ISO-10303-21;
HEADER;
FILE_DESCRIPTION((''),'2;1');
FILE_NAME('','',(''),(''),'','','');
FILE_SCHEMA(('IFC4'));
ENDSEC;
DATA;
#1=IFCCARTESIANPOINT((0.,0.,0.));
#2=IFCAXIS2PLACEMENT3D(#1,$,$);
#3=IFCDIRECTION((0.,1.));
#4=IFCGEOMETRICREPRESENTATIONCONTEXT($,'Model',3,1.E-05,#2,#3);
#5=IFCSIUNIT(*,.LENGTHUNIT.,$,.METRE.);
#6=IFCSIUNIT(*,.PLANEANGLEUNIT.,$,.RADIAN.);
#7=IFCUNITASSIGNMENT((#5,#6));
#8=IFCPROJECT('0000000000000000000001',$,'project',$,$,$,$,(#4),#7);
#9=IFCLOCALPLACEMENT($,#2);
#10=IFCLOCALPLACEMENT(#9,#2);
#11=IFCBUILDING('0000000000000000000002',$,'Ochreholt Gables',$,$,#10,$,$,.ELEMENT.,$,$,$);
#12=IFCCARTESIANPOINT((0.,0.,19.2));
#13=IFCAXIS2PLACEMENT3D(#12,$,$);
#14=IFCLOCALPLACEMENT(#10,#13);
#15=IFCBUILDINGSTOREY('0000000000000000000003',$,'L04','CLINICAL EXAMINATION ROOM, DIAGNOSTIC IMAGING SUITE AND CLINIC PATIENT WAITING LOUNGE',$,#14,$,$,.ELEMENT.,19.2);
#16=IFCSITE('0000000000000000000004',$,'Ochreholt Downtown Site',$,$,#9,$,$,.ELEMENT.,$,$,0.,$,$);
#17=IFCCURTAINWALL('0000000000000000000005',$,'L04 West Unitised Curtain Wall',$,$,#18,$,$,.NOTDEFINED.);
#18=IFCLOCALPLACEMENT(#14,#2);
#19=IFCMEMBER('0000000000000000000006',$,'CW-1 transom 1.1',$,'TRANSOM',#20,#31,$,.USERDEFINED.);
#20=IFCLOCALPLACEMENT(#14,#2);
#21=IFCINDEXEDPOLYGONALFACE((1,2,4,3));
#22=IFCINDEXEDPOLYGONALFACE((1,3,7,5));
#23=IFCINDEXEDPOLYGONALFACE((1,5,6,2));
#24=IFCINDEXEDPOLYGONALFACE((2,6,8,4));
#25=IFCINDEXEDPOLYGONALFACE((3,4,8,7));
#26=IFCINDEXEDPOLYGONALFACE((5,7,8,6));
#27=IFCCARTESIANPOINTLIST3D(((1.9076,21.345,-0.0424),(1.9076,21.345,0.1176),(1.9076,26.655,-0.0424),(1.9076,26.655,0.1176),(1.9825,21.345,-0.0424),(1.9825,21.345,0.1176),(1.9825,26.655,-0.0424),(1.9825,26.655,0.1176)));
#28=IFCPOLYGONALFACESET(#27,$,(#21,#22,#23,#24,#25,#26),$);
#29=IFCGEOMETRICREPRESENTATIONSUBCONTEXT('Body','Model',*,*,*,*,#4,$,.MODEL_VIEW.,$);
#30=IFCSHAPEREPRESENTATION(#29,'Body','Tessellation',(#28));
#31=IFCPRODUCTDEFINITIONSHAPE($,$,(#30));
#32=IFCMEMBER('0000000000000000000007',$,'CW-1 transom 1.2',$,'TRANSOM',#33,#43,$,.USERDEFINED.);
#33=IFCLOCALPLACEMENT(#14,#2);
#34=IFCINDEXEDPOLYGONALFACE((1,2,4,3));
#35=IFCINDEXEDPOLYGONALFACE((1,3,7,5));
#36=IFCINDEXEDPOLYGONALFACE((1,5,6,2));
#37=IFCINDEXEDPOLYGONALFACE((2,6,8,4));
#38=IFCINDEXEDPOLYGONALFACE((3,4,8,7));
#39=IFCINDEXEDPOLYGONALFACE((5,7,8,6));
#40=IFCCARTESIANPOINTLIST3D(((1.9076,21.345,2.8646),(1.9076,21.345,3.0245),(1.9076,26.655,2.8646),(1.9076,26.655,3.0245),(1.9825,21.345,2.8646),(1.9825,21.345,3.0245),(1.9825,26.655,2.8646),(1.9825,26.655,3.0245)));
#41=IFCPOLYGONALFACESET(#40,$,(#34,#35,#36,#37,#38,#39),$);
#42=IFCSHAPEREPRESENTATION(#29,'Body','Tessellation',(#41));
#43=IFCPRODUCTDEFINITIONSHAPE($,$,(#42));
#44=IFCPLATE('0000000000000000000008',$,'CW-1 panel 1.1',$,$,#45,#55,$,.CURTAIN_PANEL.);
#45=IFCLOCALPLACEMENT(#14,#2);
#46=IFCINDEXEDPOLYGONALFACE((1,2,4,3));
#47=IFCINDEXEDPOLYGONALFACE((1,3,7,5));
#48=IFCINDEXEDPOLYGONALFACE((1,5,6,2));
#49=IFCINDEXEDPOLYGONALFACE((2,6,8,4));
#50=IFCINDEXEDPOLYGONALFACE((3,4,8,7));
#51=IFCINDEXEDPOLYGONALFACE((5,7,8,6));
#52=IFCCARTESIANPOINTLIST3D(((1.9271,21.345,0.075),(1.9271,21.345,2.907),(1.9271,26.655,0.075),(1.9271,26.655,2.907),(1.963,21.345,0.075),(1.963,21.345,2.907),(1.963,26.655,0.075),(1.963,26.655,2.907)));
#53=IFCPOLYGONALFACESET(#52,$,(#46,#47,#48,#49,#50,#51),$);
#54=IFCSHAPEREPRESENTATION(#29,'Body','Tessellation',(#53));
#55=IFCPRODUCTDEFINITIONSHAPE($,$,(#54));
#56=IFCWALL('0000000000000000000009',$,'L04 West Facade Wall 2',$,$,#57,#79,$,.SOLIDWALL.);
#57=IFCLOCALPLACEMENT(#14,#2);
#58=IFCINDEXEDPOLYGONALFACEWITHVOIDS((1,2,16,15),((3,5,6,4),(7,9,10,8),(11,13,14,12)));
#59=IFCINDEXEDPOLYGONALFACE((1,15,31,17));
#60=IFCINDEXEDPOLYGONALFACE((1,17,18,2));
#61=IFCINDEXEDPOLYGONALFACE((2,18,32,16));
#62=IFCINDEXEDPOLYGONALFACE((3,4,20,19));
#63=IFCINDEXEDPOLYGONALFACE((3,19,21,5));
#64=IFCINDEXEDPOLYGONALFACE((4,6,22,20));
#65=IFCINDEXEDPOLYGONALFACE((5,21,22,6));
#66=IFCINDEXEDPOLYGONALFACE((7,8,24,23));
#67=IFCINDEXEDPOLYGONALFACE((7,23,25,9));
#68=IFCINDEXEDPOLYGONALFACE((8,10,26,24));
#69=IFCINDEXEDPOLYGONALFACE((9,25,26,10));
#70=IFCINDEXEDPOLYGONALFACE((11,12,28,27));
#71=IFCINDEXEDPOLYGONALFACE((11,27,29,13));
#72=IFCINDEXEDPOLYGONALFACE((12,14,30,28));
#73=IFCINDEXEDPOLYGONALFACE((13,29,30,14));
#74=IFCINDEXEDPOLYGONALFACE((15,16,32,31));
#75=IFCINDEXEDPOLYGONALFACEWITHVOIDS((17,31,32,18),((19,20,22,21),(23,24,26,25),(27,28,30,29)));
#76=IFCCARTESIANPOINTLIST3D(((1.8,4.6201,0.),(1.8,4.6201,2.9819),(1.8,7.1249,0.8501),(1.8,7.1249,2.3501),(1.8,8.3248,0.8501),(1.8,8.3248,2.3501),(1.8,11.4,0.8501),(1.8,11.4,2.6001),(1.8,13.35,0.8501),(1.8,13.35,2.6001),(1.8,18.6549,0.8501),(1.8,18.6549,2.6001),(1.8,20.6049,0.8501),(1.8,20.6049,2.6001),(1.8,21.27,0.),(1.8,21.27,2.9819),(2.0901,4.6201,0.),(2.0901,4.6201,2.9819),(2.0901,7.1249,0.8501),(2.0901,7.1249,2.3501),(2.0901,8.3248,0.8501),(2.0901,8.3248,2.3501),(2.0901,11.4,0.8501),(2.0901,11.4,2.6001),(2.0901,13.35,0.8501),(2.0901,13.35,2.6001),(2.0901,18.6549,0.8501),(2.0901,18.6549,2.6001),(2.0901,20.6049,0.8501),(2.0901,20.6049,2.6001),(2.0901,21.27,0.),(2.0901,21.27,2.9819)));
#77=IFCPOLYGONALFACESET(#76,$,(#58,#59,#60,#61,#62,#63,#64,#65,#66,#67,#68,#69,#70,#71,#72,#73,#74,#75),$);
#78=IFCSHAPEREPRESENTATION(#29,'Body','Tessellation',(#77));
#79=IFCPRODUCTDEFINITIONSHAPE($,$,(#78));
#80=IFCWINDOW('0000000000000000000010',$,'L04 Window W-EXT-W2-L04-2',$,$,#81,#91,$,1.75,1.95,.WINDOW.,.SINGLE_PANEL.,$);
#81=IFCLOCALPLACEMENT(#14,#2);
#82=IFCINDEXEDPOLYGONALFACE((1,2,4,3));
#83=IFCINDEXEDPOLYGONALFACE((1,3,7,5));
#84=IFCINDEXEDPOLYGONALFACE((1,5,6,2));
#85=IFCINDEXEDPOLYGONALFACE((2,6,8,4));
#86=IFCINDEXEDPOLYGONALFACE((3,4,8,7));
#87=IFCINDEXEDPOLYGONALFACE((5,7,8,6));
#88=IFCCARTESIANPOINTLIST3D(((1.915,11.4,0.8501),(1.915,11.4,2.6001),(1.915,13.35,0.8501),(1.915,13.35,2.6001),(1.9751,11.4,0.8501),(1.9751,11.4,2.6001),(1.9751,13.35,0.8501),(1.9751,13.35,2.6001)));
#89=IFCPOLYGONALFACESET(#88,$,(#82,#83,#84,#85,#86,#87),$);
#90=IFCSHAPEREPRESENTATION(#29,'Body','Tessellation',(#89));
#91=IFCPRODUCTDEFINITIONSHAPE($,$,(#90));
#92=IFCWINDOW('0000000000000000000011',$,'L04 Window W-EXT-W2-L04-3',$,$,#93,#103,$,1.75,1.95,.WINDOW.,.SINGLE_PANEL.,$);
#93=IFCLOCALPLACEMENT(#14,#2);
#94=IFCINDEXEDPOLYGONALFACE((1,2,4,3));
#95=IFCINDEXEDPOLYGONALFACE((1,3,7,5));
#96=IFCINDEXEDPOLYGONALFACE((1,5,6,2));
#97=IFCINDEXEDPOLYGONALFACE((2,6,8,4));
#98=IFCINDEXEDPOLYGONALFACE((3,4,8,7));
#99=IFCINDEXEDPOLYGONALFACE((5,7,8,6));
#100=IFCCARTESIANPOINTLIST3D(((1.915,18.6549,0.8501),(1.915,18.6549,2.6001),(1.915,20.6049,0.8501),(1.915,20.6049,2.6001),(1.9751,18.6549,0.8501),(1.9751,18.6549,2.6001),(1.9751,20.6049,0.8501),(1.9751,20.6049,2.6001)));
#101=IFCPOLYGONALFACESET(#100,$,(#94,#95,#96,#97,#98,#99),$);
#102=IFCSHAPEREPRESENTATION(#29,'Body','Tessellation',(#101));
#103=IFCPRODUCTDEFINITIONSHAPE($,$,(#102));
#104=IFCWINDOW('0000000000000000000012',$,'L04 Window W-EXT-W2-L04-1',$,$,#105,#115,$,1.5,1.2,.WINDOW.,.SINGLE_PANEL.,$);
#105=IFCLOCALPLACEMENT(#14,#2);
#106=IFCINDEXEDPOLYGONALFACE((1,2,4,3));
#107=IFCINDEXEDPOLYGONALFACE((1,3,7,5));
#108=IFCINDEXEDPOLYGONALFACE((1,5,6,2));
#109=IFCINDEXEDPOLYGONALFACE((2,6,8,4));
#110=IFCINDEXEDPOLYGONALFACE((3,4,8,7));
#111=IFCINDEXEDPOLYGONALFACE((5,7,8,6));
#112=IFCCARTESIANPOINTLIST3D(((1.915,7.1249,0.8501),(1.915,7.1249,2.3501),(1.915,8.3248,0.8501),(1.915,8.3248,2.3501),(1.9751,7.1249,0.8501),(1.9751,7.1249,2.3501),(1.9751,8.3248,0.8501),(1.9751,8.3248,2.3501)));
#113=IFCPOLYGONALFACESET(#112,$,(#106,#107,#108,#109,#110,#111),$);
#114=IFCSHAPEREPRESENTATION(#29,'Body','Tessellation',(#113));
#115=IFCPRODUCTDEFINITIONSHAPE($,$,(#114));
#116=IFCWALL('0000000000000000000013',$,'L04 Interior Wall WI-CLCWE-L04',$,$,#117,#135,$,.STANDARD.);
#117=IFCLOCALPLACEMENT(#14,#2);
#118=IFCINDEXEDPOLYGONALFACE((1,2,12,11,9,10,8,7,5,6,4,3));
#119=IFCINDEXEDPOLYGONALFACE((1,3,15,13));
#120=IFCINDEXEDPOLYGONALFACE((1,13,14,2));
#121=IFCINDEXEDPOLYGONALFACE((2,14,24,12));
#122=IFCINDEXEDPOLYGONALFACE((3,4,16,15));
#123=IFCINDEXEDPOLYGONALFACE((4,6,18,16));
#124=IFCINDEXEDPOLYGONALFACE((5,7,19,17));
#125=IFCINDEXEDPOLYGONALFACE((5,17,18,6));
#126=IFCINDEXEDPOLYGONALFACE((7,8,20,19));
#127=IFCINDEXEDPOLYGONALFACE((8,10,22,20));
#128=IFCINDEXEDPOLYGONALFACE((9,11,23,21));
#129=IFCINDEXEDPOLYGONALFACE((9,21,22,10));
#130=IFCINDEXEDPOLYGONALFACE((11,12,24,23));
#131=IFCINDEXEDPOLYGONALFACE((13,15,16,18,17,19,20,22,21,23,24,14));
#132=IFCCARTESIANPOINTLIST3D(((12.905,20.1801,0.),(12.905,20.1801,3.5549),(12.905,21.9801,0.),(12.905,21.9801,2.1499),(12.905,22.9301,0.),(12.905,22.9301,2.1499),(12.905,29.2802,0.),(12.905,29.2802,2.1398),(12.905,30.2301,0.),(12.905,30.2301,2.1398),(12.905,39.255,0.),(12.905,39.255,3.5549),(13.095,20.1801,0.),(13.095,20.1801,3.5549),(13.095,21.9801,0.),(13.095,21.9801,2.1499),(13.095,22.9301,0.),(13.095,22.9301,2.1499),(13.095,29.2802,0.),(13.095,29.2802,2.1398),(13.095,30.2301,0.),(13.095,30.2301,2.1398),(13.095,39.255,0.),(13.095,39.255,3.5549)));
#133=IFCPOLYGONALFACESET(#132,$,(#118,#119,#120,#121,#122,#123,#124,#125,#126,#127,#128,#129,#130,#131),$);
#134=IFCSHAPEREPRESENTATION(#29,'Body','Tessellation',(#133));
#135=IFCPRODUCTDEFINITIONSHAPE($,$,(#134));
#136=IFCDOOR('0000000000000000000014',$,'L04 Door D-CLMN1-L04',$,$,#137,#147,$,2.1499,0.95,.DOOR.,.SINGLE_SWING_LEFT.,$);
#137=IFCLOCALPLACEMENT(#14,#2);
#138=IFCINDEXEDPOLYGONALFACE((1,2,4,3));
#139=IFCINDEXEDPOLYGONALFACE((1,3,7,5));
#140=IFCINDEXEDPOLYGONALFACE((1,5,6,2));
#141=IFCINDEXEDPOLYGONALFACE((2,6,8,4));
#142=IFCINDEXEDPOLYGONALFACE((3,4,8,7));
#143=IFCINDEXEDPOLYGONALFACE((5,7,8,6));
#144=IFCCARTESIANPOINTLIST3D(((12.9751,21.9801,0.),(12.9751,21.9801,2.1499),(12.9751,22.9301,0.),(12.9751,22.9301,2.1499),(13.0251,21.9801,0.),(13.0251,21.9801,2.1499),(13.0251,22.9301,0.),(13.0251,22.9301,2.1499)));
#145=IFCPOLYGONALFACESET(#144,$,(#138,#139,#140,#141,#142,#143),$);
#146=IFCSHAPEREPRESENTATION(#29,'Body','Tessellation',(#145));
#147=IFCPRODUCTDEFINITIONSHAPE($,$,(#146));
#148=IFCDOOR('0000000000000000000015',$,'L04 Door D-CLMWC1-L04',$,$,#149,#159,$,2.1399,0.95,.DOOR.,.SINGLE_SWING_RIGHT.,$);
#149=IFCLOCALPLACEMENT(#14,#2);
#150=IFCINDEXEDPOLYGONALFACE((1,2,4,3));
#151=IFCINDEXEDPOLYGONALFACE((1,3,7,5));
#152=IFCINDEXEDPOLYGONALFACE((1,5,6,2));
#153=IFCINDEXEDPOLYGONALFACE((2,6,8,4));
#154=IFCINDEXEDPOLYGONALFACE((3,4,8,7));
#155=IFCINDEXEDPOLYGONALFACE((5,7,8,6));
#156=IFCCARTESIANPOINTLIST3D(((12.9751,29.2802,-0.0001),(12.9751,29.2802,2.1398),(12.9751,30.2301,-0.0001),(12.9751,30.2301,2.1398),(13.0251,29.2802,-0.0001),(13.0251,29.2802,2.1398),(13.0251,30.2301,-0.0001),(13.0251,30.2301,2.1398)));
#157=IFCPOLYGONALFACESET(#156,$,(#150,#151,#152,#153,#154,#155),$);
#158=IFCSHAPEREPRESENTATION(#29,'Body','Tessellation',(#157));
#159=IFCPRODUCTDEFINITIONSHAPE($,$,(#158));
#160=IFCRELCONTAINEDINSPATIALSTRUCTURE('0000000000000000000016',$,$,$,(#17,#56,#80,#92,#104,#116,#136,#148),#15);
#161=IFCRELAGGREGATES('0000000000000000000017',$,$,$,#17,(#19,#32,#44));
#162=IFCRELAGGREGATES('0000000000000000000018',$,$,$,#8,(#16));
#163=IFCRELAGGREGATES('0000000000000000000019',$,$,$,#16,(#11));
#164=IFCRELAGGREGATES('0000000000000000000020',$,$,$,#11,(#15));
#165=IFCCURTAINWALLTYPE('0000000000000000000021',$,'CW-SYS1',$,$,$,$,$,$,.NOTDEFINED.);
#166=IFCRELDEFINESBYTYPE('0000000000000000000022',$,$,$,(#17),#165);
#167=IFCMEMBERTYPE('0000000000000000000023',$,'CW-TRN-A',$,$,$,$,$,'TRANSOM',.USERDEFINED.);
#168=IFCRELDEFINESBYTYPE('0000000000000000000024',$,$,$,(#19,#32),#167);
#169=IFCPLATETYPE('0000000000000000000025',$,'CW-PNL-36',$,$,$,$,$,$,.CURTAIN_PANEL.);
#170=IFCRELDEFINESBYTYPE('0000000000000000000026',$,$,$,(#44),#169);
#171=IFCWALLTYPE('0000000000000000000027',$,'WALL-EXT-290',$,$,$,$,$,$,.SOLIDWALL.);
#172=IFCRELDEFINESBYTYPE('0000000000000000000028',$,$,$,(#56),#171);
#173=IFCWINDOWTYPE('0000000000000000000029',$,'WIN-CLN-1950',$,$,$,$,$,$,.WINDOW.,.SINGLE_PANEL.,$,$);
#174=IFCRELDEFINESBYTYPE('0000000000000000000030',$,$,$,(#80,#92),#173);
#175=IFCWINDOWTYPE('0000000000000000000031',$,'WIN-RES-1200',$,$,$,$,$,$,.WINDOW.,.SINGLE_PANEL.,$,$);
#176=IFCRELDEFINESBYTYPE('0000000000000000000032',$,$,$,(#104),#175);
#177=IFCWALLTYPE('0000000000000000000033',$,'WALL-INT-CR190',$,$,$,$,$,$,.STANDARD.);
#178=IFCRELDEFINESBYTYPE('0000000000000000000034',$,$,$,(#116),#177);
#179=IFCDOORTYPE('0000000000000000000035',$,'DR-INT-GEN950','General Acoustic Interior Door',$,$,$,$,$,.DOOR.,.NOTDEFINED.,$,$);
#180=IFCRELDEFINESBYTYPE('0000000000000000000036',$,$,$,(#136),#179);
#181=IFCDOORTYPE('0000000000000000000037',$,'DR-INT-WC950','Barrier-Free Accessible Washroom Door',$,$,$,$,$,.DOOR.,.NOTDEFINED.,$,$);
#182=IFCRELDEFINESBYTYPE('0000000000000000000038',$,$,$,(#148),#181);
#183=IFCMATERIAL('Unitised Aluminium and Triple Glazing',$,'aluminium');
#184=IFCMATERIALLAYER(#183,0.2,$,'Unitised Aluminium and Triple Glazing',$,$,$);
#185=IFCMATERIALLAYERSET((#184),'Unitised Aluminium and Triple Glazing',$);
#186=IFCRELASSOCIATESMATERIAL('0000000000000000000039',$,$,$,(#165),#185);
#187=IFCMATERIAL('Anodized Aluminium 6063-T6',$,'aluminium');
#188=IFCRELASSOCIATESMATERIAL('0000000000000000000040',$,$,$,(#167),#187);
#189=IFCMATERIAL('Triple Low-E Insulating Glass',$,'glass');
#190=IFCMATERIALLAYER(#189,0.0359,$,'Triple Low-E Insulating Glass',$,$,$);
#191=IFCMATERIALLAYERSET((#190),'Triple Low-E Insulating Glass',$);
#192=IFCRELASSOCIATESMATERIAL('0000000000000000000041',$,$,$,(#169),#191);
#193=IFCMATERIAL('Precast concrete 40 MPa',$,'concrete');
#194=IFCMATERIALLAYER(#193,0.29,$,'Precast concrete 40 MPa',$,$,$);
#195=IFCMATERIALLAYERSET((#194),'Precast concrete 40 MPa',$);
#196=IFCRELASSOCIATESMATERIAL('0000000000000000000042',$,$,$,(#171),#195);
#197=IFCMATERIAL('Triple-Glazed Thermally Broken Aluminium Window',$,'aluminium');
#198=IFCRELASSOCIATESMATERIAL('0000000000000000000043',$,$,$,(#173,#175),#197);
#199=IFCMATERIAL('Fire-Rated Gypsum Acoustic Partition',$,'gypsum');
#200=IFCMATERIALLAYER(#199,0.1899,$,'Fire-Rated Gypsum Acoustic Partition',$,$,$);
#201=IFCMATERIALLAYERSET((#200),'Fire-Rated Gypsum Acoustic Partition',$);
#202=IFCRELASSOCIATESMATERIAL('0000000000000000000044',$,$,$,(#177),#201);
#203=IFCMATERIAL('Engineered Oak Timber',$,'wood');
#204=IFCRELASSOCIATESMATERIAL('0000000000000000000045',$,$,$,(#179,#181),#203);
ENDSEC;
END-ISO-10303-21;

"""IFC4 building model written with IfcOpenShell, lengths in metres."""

from ifc_helpers import new_model, si_unit, direction, frame, frame_2d, origin, origin_2d, place, context, subcontext, project, spatial, rectangle, extrude, material, layer, layer_set, material_profile, profile_set, type_object, element, fill, aggregate, save


model = new_model("IFC4")

# Units and contexts
model_context = context("Model", 3, precision=1e-05, world=origin(), true_north=direction((0.0, 1.0)))
body_context = subcontext(model_context, "Body", "Model", "MODEL_VIEW")
ifc_project = project(units=[si_unit("LENGTHUNIT", "METRE"), si_unit("PLANEANGLEUNIT", "RADIAN")], contexts=[model_context])

# Site, building, storey
site_placement = place(None, origin())
site = spatial("IfcSite", under=ifc_project, at=site_placement, Name="Ochreholt Downtown Site", CompositionType="ELEMENT", RefElevation=0.0)
building_placement = place(site_placement, origin())
building = spatial("IfcBuilding", under=site, at=building_placement, Name="Ochreholt Gables", CompositionType="ELEMENT")
storey_placement = place(building_placement, frame((0.0, 0.0, 19.2)))
storey = spatial("IfcBuildingStorey", under=building, at=storey_placement, Name="L04", Description="CLINICAL EXAMINATION ROOM, DIAGNOSTIC IMAGING SUITE AND CLINIC PATIENT WAITING LOUNGE", CompositionType="ELEMENT", Elevation=19.2)

# Curtain wall, members, plate
ifc_material_1 = material(Name="Unitised Aluminium and Triple Glazing", Category="aluminium")
ifc_layer_1 = layer(ifc_material_1, 0.2, Name="Unitised Aluminium and Triple Glazing")
ifc_layer_set_1 = layer_set([ifc_layer_1], Name="Unitised Aluminium and Triple Glazing")
curtain_wall_type = type_object("IfcCurtainWallType", Name="CW-SYS1", PredefinedType="NOTDEFINED", material=ifc_layer_set_1)
curtain_wall_placement = place(storey_placement, origin())
curtain_wall = element("IfcCurtainWall", 1, at=curtain_wall_placement, inside=storey, type_object=curtain_wall_type, Name="L04 West Unitised Curtain Wall", PredefinedType="NOTDEFINED")
ifc_material_2 = material(Name="Anodized Aluminium 6063-T6", Category="aluminium")
ifc_material_profile_1 = material_profile(ifc_material_2, rectangle(XDim=0.075, YDim=0.1599, at=origin_2d()), Name="CWT75X160")
ifc_profile_set_1 = profile_set([ifc_material_profile_1], Name="Anodized Aluminium 6063-T6")
member_type_1 = type_object("IfcMemberType", Name="CW-TRN-A", ElementType="TRANSOM", PredefinedType="USERDEFINED", material=ifc_profile_set_1)
member_1_placement = place(storey_placement, frame((1.9451, 26.655, 0.0376), z_axis=(0.0, -1.0, 0.0), x_axis=(1.0, 0.0, 0.0)))
member_1 = element("IfcMember", 2, at=member_1_placement, type_object=member_type_1, Name="CW-1 transom 1.1", ObjectType="TRANSOM", PredefinedType="USERDEFINED", context=body_context, shape_type="SweptSolid", body=[
    extrude(rectangle(XDim=0.075, YDim=0.1599, at=origin_2d()), origin(), (0.0, 0.0, 1.0), 5.3101),
])
member_2_placement = place(storey_placement, frame((1.9451, 26.655, 2.9446), z_axis=(0.0, -1.0, 0.0), x_axis=(1.0, 0.0, 0.0)))
member_2 = element("IfcMember", 3, at=member_2_placement, type_object=member_type_1, Name="CW-1 transom 1.2", ObjectType="TRANSOM", PredefinedType="USERDEFINED", context=body_context, shape_type="SweptSolid", body=[
    extrude(rectangle(XDim=0.075, YDim=0.1599, at=origin_2d()), origin(), (0.0, 0.0, 1.0), 5.3101),
])
ifc_material_3 = material(Name="Triple Low-E Insulating Glass", Category="glass")
ifc_layer_2 = layer(ifc_material_3, 0.0359, Name="Triple Low-E Insulating Glass")
ifc_layer_set_2 = layer_set([ifc_layer_2], Name="Triple Low-E Insulating Glass")
plate_type = type_object("IfcPlateType", Name="CW-PNL-36", PredefinedType="CURTAIN_PANEL", material=ifc_layer_set_2)
plate_placement = place(storey_placement, frame((1.9451, 24.0, 0.075), z_axis=(0.0, 0.0, 1.0), x_axis=(0.0, -1.0, 0.0)))
plate = element("IfcPlate", 4, at=plate_placement, type_object=plate_type, Name="CW-1 panel 1.1", PredefinedType="CURTAIN_PANEL", context=body_context, shape_type="SweptSolid", body=[
    extrude(rectangle(XDim=5.3101, YDim=0.0359, at=origin_2d()), origin(), (0.0, 0.0, 1.0), 2.832),
])
aggregate(curtain_wall, [member_1, member_2, plate])

# Wall, openings, windows
ifc_material_4 = material(Name="Precast concrete 40 MPa", Category="concrete")
ifc_layer_3 = layer(ifc_material_4, 0.29, Name="Precast concrete 40 MPa")
ifc_layer_set_3 = layer_set([ifc_layer_3], Name="Precast concrete 40 MPa")
wall_type_1 = type_object("IfcWallType", Name="WALL-EXT-290", PredefinedType="SOLIDWALL", material=ifc_layer_set_3)
wall_1_placement = place(storey_placement, frame((1.9451, 21.27, 0.0), z_axis=(0.0, 0.0, 1.0), x_axis=(0.0, -1.0, 0.0)))
wall_1 = element("IfcWall", 5, at=wall_1_placement, inside=storey, type_object=wall_type_1, Name="L04 West Facade Wall 2", PredefinedType="SOLIDWALL", context=body_context, shape_type="SweptSolid", body=[
    extrude(rectangle(XDim=16.6499, YDim=0.29, at=frame_2d((8.325, 0.0))), origin(), (0.0, 0.0, 1.0), 2.9819),
])
opening_1_placement = place(wall_1_placement, frame((12.9451, 0.0, 0.8501)))
opening_1 = element("IfcOpeningElement", 6, at=opening_1_placement, cuts=wall_1, PredefinedType="OPENING", context=body_context, shape_type="SweptSolid", body=[
    extrude(rectangle(XDim=1.2, YDim=1.5, at=frame_2d((0.6001, 0.75))), frame((0.0, 0.155, 0.0), z_axis=(0.0, -1.0, 0.0), x_axis=(1.0, 0.0, 0.0)), (0.0, 0.0, 1.0), 0.3101),
])
opening_2_placement = place(wall_1_placement, frame((7.9199, 0.0, 0.8501)))
opening_2 = element("IfcOpeningElement", 7, at=opening_2_placement, cuts=wall_1, PredefinedType="OPENING", context=body_context, shape_type="SweptSolid", body=[
    extrude(rectangle(XDim=1.95, YDim=1.75, at=frame_2d((0.9751, 0.875))), frame((0.0, 0.155, 0.0), z_axis=(0.0, -1.0, 0.0), x_axis=(1.0, 0.0, 0.0)), (0.0, 0.0, 1.0), 0.3101),
])
opening_3_placement = place(wall_1_placement, frame((0.665, 0.0, 0.8501)))
opening_3 = element("IfcOpeningElement", 8, at=opening_3_placement, cuts=wall_1, PredefinedType="OPENING", context=body_context, shape_type="SweptSolid", body=[
    extrude(rectangle(XDim=1.95, YDim=1.75, at=frame_2d((0.9751, 0.875))), frame((0.0, 0.155, 0.0), z_axis=(0.0, -1.0, 0.0), x_axis=(1.0, 0.0, 0.0)), (0.0, 0.0, 1.0), 0.3101),
])
ifc_material_5 = material(Name="Triple-Glazed Thermally Broken Aluminium Window", Category="aluminium")
window_type_1 = type_object("IfcWindowType", Name="WIN-CLN-1950", PartitioningType="SINGLE_PANEL", PredefinedType="WINDOW", material=ifc_material_5)
window_1_placement = place(opening_2_placement, origin())
window_1 = element("IfcWindow", 9, at=window_1_placement, inside=storey, type_object=window_type_1, Name="L04 Window W-EXT-W2-L04-2", OverallHeight=1.75, OverallWidth=1.95, PartitioningType="SINGLE_PANEL", PredefinedType="WINDOW", context=body_context, shape_type="SweptSolid", body=[
    extrude(rectangle(XDim=1.95, YDim=1.75, at=frame_2d((0.9751, 0.875))), frame((0.0, 0.03, 0.0), z_axis=(0.0, -1.0, 0.0), x_axis=(1.0, 0.0, 0.0)), (0.0, 0.0, 1.0), 0.0601),
])
fill(opening_2, window_1)
window_2_placement = place(opening_3_placement, origin())
window_2 = element("IfcWindow", 10, at=window_2_placement, inside=storey, type_object=window_type_1, Name="L04 Window W-EXT-W2-L04-3", OverallHeight=1.75, OverallWidth=1.95, PartitioningType="SINGLE_PANEL", PredefinedType="WINDOW", context=body_context, shape_type="SweptSolid", body=[
    extrude(rectangle(XDim=1.95, YDim=1.75, at=frame_2d((0.9751, 0.875))), frame((0.0, 0.03, 0.0), z_axis=(0.0, -1.0, 0.0), x_axis=(1.0, 0.0, 0.0)), (0.0, 0.0, 1.0), 0.0601),
])
fill(opening_3, window_2)
window_type_2 = type_object("IfcWindowType", Name="WIN-RES-1200", PartitioningType="SINGLE_PANEL", PredefinedType="WINDOW", material=ifc_material_5)
window_3_placement = place(opening_1_placement, origin())
window_3 = element("IfcWindow", 11, at=window_3_placement, inside=storey, type_object=window_type_2, Name="L04 Window W-EXT-W2-L04-1", OverallHeight=1.5, OverallWidth=1.2, PartitioningType="SINGLE_PANEL", PredefinedType="WINDOW", context=body_context, shape_type="SweptSolid", body=[
    extrude(rectangle(XDim=1.2, YDim=1.5, at=frame_2d((0.6001, 0.75))), frame((0.0, 0.03, 0.0), z_axis=(0.0, -1.0, 0.0), x_axis=(1.0, 0.0, 0.0)), (0.0, 0.0, 1.0), 0.0601),
])
fill(opening_1, window_3)

# Wall, openings, doors
ifc_material_6 = material(Name="Fire-Rated Gypsum Acoustic Partition", Category="gypsum")
ifc_layer_4 = layer(ifc_material_6, 0.1899, Name="Fire-Rated Gypsum Acoustic Partition")
ifc_layer_set_4 = layer_set([ifc_layer_4], Name="Fire-Rated Gypsum Acoustic Partition")
wall_type_2 = type_object("IfcWallType", Name="WALL-INT-CR190", PredefinedType="STANDARD", material=ifc_layer_set_4)
wall_2_placement = place(storey_placement, frame((13.0, 20.1799, 0.0), z_axis=(0.0, 0.0, 1.0), x_axis=(0.0, 1.0, 0.0)))
wall_2 = element("IfcWall", 12, at=wall_2_placement, inside=storey, type_object=wall_type_2, Name="L04 Interior Wall WI-CLCWE-L04", PredefinedType="STANDARD", context=body_context, shape_type="SweptSolid", body=[
    extrude(rectangle(XDim=19.075, YDim=0.1899, at=frame_2d((9.5376, 0.0))), origin(), (0.0, 0.0, 1.0), 3.5549),
])
opening_4_placement = place(wall_2_placement, frame((1.8, 0.0, 0.0)))
opening_4 = element("IfcOpeningElement", 13, at=opening_4_placement, cuts=wall_2, PredefinedType="OPENING", context=body_context, shape_type="SweptSolid", body=[
    extrude(rectangle(XDim=0.95, YDim=2.1499, at=frame_2d((0.4751, 1.075))), frame((0.0, 0.105, 0.0), z_axis=(0.0, -1.0, 0.0), x_axis=(1.0, 0.0, 0.0)), (0.0, 0.0, 1.0), 0.21),
])
opening_5_placement = place(wall_2_placement, frame((9.1001, 0.0, 0.0)))
opening_5 = element("IfcOpeningElement", 14, at=opening_5_placement, cuts=wall_2, PredefinedType="OPENING", context=body_context, shape_type="SweptSolid", body=[
    extrude(rectangle(XDim=0.95, YDim=2.1399, at=frame_2d((0.4751, 1.0698))), frame((0.0, 0.105, 0.0), z_axis=(0.0, -1.0, 0.0), x_axis=(1.0, 0.0, 0.0)), (0.0, 0.0, 1.0), 0.21),
])
ifc_material_7 = material(Name="Engineered Oak Timber", Category="wood")
door_type_1 = type_object("IfcDoorType", Name="DR-INT-GEN950", Description="General Acoustic Interior Door", OperationType="NOTDEFINED", PredefinedType="DOOR", material=ifc_material_7)
door_1_placement = place(opening_4_placement, origin())
door_1 = element("IfcDoor", 15, at=door_1_placement, inside=storey, type_object=door_type_1, Name="L04 Door D-CLMN1-L04", OperationType="SINGLE_SWING_LEFT", OverallHeight=2.1499, OverallWidth=0.95, PredefinedType="DOOR", context=body_context, shape_type="SweptSolid", body=[
    extrude(rectangle(XDim=0.95, YDim=2.1499, at=frame_2d((0.4751, 1.075))), frame((0.0, 0.0249, 0.0), z_axis=(0.0, -1.0, 0.0), x_axis=(1.0, 0.0, 0.0)), (0.0, 0.0, 1.0), 0.05),
])
fill(opening_4, door_1)
door_type_2 = type_object("IfcDoorType", Name="DR-INT-WC950", Description="Barrier-Free Accessible Washroom Door", OperationType="NOTDEFINED", PredefinedType="DOOR", material=ifc_material_7)
door_2_placement = place(opening_5_placement, origin())
door_2 = element("IfcDoor", 16, at=door_2_placement, inside=storey, type_object=door_type_2, Name="L04 Door D-CLMWC1-L04", OperationType="SINGLE_SWING_RIGHT", OverallHeight=2.1399, OverallWidth=0.95, PredefinedType="DOOR", context=body_context, shape_type="SweptSolid", body=[
    extrude(rectangle(XDim=0.95, YDim=2.1399, at=frame_2d((0.4751, 1.0698))), frame((0.0, 0.0249, 0.0), z_axis=(0.0, -1.0, 0.0), x_axis=(1.0, 0.0, 0.0)), (0.0, 0.0, 1.0), 0.05),
])
fill(opening_5, door_2)

save(model, "model.ifc")
